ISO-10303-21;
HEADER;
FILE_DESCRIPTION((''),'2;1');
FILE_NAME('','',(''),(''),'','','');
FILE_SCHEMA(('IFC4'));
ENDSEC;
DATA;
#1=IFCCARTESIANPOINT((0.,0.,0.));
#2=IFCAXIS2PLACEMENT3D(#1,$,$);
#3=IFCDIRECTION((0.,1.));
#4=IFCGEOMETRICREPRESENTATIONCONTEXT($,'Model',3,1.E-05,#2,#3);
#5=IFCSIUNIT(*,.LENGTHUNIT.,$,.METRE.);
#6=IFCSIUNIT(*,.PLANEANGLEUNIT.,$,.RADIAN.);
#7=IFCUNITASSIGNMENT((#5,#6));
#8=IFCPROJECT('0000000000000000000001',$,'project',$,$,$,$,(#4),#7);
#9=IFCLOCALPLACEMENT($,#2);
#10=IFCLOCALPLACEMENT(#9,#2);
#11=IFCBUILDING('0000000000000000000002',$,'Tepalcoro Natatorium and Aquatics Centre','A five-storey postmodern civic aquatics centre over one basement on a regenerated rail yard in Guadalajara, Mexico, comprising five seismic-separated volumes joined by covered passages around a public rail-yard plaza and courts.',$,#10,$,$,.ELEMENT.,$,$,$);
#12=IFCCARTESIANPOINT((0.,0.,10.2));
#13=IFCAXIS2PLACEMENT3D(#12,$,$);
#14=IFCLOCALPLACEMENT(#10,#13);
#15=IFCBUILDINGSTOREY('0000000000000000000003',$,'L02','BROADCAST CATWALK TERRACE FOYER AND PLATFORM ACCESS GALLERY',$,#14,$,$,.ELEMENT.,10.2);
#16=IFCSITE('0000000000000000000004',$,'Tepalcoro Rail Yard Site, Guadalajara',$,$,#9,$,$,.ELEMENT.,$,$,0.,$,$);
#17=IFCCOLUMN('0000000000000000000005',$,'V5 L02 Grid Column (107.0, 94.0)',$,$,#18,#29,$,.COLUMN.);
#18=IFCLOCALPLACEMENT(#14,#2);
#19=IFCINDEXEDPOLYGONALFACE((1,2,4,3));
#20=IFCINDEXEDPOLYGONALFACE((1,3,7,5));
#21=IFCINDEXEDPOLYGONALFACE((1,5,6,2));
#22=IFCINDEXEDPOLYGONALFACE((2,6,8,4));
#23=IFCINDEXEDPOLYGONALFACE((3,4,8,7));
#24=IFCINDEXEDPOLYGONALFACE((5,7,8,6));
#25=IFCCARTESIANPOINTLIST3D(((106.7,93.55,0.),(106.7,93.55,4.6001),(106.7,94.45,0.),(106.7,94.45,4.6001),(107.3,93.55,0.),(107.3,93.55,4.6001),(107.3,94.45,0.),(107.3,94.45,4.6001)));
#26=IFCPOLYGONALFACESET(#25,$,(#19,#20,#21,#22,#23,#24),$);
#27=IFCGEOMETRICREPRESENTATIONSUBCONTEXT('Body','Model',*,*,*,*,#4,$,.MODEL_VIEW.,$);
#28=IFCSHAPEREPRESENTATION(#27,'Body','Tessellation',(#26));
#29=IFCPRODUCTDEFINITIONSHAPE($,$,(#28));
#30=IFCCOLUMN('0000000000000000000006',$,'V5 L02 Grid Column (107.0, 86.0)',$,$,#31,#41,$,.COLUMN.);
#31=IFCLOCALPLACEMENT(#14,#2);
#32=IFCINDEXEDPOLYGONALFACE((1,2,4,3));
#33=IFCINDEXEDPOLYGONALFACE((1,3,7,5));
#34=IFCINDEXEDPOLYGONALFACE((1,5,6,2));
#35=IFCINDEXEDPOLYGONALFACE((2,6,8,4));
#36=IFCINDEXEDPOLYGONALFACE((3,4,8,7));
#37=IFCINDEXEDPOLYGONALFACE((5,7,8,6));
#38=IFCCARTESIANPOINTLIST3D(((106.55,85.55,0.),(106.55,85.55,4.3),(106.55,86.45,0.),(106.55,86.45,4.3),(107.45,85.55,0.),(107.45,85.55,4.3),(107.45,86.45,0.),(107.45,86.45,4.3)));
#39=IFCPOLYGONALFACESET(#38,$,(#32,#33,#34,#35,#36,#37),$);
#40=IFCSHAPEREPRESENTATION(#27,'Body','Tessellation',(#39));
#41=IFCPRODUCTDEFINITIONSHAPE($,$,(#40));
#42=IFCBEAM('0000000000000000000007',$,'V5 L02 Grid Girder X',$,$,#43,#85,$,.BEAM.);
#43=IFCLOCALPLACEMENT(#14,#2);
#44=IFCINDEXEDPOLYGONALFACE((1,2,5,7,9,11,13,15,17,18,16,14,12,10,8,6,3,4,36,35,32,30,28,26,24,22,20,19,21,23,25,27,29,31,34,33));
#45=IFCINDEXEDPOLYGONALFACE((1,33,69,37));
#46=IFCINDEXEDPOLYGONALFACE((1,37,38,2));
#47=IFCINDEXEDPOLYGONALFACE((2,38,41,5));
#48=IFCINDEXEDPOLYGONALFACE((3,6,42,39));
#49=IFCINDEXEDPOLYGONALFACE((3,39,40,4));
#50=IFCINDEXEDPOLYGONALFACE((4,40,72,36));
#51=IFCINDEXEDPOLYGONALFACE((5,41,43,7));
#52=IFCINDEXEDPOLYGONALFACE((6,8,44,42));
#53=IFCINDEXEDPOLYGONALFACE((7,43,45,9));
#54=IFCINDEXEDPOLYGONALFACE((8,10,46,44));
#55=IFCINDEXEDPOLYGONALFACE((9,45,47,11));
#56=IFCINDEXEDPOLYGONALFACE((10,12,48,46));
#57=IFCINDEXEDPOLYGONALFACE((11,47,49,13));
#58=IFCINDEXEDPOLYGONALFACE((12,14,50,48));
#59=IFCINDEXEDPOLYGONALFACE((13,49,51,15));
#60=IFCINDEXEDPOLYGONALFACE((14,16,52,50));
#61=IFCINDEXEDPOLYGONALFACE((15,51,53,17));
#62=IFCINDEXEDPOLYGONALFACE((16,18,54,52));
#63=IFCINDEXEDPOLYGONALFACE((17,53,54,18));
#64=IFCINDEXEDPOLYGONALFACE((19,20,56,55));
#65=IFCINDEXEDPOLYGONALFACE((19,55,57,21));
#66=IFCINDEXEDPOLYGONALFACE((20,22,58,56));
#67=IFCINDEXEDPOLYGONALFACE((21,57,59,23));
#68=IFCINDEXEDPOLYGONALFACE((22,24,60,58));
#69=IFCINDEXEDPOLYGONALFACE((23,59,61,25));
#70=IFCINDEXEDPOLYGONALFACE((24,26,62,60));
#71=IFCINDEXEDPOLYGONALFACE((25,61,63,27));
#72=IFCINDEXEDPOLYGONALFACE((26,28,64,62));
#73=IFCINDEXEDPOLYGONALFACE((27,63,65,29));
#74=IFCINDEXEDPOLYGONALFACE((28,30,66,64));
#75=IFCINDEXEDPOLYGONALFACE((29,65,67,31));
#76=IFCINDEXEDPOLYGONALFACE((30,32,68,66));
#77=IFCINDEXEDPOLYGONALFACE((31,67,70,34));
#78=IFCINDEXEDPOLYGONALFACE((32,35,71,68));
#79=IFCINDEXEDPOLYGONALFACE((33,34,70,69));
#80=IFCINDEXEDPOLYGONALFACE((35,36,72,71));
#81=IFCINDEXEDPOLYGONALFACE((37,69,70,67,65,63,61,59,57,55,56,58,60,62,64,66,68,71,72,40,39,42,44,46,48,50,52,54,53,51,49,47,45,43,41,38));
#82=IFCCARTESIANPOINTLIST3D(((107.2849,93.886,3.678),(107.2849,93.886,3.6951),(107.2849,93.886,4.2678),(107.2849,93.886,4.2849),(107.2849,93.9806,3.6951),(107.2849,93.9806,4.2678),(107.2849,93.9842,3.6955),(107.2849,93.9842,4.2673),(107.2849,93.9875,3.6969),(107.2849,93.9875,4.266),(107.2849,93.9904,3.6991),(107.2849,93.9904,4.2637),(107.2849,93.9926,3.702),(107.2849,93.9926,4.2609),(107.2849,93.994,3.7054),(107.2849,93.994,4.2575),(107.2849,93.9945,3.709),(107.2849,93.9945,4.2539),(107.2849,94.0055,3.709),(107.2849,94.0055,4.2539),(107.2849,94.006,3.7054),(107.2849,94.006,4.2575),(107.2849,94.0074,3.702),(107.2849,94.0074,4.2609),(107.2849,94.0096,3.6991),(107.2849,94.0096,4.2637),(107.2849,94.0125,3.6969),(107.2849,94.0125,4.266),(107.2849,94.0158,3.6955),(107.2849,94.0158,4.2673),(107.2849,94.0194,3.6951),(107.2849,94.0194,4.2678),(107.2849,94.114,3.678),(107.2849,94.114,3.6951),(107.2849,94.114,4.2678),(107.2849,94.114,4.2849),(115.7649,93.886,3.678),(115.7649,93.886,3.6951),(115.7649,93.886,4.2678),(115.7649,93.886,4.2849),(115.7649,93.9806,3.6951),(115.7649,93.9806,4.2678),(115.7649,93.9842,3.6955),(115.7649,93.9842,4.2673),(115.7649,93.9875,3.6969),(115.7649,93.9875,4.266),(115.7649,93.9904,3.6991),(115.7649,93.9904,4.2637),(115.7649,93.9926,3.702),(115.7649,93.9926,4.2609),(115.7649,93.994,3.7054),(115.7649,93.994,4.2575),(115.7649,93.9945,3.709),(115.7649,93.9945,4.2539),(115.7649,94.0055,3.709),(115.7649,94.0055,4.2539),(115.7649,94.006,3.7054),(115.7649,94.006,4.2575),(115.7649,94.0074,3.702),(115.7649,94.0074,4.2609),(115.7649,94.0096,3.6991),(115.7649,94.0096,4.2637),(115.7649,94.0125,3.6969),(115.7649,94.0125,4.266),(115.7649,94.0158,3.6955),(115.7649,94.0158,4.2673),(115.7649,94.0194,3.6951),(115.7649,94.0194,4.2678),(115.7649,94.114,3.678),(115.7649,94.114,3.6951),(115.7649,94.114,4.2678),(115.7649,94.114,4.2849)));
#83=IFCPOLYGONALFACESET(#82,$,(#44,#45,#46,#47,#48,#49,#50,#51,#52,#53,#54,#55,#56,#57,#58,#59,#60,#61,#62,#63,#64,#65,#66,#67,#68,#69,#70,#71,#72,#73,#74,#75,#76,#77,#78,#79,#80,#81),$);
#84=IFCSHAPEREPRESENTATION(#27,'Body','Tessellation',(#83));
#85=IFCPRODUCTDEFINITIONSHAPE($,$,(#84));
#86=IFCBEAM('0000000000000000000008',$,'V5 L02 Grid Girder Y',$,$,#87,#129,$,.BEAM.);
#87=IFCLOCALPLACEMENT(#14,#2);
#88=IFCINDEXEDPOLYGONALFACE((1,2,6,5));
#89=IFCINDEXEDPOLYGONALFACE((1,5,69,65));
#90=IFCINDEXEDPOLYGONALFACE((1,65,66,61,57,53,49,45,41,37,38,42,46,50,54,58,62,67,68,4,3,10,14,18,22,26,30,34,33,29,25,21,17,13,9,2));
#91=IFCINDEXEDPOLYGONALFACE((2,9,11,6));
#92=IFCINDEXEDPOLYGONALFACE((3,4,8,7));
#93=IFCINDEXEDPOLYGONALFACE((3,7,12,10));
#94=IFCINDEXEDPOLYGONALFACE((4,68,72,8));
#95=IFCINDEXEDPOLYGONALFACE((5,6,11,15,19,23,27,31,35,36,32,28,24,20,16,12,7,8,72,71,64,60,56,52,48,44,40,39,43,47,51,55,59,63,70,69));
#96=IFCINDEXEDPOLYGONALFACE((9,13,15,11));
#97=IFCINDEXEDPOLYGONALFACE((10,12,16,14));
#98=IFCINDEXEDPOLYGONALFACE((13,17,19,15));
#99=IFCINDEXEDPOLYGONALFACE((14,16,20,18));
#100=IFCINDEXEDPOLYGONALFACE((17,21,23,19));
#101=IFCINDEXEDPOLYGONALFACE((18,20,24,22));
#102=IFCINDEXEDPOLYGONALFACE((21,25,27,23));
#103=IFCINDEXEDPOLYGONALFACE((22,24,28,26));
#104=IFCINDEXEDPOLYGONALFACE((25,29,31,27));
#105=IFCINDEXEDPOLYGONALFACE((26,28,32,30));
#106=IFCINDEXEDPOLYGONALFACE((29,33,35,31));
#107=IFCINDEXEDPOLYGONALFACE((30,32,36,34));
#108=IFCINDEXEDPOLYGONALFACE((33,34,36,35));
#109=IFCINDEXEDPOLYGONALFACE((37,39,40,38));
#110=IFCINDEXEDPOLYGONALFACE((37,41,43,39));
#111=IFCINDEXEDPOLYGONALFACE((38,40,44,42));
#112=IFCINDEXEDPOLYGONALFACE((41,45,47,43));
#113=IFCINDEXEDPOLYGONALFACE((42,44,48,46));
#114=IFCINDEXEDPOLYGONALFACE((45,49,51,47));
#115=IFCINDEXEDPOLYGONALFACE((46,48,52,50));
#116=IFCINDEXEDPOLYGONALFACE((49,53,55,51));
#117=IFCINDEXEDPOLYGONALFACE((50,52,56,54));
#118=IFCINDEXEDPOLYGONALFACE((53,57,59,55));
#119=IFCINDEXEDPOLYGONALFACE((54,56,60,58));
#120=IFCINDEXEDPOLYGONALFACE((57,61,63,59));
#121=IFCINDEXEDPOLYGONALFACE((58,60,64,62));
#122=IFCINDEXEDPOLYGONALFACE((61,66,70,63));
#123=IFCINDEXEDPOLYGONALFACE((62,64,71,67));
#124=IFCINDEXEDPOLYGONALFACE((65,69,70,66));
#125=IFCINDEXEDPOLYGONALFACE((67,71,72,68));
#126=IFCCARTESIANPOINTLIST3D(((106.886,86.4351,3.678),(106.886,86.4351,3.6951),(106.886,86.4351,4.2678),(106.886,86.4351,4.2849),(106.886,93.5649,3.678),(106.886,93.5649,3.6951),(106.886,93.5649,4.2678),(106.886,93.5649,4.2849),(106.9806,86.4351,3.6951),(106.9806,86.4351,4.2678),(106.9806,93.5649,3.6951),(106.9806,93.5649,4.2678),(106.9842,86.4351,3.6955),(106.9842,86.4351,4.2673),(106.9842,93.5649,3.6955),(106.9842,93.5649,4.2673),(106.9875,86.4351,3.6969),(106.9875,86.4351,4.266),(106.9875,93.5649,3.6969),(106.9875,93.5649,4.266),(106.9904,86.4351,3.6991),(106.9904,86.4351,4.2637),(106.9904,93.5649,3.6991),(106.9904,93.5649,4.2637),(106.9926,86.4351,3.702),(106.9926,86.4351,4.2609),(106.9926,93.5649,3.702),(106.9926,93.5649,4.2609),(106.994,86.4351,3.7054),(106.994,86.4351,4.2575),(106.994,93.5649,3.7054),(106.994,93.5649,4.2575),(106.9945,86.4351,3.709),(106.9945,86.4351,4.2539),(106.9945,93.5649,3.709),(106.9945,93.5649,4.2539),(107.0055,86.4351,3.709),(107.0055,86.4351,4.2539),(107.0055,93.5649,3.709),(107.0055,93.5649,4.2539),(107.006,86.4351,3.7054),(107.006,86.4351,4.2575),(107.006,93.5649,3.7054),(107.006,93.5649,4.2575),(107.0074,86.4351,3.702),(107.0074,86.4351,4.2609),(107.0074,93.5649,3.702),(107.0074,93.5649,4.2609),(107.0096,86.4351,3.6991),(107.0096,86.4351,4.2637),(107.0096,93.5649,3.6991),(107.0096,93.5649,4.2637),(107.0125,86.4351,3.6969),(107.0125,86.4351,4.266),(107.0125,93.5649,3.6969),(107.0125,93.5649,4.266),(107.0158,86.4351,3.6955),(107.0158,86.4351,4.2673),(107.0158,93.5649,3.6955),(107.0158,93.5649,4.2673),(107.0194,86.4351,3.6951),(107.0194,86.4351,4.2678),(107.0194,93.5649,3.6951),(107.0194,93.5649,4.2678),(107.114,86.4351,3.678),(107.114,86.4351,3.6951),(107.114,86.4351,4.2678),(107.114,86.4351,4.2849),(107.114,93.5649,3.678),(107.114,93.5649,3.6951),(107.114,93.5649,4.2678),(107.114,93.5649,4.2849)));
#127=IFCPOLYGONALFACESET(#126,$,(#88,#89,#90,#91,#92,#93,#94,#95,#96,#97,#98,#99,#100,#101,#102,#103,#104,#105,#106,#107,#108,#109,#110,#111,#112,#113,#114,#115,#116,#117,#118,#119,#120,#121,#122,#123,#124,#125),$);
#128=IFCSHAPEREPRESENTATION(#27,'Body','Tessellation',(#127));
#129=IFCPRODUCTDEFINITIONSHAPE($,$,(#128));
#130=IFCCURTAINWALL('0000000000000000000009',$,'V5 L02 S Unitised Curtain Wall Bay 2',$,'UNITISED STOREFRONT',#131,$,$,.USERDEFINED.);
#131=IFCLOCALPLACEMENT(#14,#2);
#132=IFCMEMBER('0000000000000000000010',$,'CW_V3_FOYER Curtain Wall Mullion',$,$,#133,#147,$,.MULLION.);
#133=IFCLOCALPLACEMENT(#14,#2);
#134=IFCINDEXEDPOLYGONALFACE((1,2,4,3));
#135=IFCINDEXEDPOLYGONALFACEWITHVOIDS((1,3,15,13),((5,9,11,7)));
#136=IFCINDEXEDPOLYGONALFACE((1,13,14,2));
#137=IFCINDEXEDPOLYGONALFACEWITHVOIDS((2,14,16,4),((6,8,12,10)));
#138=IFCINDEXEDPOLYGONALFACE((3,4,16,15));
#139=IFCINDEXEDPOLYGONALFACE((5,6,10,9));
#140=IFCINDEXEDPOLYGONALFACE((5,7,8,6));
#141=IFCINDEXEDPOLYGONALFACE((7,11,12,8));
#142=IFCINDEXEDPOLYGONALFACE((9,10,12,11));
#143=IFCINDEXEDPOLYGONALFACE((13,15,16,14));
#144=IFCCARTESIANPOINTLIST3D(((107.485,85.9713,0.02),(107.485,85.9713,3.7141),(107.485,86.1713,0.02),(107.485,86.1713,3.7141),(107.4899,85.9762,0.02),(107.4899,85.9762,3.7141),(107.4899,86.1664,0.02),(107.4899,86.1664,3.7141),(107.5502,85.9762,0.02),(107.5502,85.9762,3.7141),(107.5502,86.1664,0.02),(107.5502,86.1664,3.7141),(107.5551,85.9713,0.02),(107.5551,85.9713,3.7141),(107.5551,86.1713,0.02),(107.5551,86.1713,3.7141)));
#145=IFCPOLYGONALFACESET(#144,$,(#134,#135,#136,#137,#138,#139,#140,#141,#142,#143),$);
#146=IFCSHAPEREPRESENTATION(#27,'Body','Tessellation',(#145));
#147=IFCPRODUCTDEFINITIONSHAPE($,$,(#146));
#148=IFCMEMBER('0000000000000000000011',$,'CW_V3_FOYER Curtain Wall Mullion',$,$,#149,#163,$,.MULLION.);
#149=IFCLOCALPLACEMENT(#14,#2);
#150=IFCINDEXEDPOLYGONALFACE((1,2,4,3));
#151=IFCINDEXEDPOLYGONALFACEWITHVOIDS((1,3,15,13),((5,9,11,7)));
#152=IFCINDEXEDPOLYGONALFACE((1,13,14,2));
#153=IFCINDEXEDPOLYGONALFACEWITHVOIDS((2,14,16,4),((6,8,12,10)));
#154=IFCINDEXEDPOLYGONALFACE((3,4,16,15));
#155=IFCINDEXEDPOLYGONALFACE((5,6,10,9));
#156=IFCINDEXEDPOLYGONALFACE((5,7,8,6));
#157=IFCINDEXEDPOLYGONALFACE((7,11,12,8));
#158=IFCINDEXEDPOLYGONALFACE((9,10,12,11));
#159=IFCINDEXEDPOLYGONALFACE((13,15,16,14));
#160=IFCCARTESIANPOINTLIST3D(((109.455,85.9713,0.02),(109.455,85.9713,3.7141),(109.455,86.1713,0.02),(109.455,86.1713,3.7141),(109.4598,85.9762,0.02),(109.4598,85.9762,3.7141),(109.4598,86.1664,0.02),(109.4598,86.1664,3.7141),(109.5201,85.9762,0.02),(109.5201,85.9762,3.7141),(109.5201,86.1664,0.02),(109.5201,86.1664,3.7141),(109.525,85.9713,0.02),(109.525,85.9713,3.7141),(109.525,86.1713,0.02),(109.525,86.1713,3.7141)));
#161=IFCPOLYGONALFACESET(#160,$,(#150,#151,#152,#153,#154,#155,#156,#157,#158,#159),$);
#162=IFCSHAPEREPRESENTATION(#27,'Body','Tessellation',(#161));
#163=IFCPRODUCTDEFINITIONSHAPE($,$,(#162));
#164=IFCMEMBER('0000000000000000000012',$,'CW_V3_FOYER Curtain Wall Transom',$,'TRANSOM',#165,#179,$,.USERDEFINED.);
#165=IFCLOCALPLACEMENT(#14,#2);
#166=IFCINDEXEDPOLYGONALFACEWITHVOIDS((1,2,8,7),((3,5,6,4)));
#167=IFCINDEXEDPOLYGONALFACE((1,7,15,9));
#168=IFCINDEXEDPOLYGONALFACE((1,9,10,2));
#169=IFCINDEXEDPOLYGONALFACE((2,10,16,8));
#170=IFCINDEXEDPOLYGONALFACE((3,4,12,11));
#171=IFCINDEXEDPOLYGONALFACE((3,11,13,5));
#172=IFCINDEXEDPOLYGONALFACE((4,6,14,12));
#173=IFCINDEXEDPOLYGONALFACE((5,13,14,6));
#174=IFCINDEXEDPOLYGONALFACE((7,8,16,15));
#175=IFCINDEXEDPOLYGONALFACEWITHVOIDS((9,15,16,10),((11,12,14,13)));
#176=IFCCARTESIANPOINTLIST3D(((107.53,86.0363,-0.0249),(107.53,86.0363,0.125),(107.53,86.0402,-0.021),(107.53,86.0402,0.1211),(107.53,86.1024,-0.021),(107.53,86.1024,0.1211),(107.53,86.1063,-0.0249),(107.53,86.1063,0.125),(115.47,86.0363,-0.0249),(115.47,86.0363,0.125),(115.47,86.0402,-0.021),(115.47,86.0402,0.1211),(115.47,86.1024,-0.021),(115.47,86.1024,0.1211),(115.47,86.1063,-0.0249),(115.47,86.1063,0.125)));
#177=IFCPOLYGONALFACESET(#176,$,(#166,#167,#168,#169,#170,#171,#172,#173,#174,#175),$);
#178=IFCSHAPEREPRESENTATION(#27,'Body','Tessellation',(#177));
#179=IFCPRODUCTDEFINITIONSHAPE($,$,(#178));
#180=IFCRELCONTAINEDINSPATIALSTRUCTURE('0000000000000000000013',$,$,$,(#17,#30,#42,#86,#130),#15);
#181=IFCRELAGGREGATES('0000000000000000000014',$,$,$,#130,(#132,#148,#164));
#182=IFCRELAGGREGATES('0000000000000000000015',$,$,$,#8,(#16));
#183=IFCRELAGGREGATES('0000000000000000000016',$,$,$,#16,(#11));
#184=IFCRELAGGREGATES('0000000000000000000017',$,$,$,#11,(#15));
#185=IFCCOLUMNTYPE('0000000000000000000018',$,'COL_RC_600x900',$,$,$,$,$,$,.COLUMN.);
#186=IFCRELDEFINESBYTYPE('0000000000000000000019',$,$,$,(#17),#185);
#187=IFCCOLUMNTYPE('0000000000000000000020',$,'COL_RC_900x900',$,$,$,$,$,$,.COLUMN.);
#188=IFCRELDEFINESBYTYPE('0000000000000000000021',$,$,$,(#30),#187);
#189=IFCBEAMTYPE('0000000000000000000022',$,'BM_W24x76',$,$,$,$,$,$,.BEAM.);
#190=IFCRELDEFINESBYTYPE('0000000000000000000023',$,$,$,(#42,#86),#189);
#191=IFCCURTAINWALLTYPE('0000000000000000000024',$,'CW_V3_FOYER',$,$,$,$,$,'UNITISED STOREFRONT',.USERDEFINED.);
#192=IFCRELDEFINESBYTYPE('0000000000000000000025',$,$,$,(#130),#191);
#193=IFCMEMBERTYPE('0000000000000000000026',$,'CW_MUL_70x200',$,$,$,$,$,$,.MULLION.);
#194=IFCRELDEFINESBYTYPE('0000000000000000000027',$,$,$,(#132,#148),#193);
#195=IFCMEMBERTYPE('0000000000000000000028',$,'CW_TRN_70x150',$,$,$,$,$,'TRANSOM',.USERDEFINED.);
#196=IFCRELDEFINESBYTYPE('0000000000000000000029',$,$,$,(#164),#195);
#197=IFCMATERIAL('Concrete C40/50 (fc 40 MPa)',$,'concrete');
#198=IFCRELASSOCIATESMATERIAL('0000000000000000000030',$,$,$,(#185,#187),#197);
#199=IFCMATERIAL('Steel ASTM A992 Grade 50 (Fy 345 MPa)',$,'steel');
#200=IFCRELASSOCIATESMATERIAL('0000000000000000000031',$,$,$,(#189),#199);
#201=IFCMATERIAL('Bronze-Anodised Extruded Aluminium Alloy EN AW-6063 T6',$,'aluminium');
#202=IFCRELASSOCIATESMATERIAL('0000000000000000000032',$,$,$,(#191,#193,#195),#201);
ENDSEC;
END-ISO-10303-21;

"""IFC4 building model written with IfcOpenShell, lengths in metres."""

from ifc_helpers import new_model, si_unit, direction, frame, origin, origin_2d, place, context, subcontext, project, spatial, rectangle, hollow_rectangle, i_section, extrude, material, material_profile, profile_set, type_object, element, aggregate, save


model = new_model("IFC4")

# Units and contexts
model_context = context("Model", 3, precision=1e-05, world=origin(), true_north=direction((0.0, 1.0)))
body_context = subcontext(model_context, "Body", "Model", "MODEL_VIEW")
ifc_project = project(units=[si_unit("LENGTHUNIT", "METRE"), si_unit("PLANEANGLEUNIT", "RADIAN")], contexts=[model_context])

# Site, building, storey
site_placement = place(None, origin())
site = spatial("IfcSite", under=ifc_project, at=site_placement, Name="Tepalcoro Rail Yard Site, Guadalajara", CompositionType="ELEMENT", RefElevation=0.0)
building_placement = place(site_placement, origin())
building = spatial("IfcBuilding", under=site, at=building_placement, Name="Tepalcoro Natatorium and Aquatics Centre", Description="A five-storey postmodern civic aquatics centre over one basement on a regenerated rail yard in Guadalajara, Mexico, comprising five seismic-separated volumes joined by covered passages around a public rail-yard plaza and courts.", CompositionType="ELEMENT")
storey_placement = place(building_placement, frame((0.0, 0.0, 10.2)))
storey = spatial("IfcBuildingStorey", under=building, at=storey_placement, Name="L02", Description="BROADCAST CATWALK TERRACE FOYER AND PLATFORM ACCESS GALLERY", CompositionType="ELEMENT", Elevation=10.2)

# Columns
ifc_material_1 = material(Name="Concrete C40/50 (fc 40 MPa)", Category="concrete")
ifc_material_profile_1 = material_profile(ifc_material_1, rectangle(XDim=0.6001, YDim=0.8999, at=origin_2d()), Name="RC600x900")
ifc_profile_set_1 = profile_set([ifc_material_profile_1], Name="Concrete C40/50 (fc 40 MPa)")
column_type_1 = type_object("IfcColumnType", Name="COL_RC_600x900", PredefinedType="COLUMN", material=ifc_profile_set_1)
column_1_placement = place(storey_placement, frame((107.0, 94.0, 0.0), z_axis=(0.0, 0.0, 1.0), x_axis=(1.0, 0.0, 0.0)))
element("IfcColumn", 1, at=column_1_placement, inside=storey, type_object=column_type_1, Name="V5 L02 Grid Column (107.0, 94.0)", PredefinedType="COLUMN", context=body_context, shape_type="SweptSolid", body=[
    extrude(rectangle(XDim=0.6001, YDim=0.8999, at=origin_2d()), origin(), (0.0, 0.0, 1.0), 4.6001),
])
ifc_material_profile_2 = material_profile(ifc_material_1, rectangle(XDim=0.8999, YDim=0.8999, at=origin_2d()), Name="RC900x900")
ifc_profile_set_2 = profile_set([ifc_material_profile_2], Name="Concrete C40/50 (fc 40 MPa)")
column_type_2 = type_object("IfcColumnType", Name="COL_RC_900x900", PredefinedType="COLUMN", material=ifc_profile_set_2)
column_2_placement = place(storey_placement, frame((107.0, 86.0, 0.0), z_axis=(0.0, 0.0, 1.0), x_axis=(1.0, 0.0, 0.0)))
element("IfcColumn", 2, at=column_2_placement, inside=storey, type_object=column_type_2, Name="V5 L02 Grid Column (107.0, 86.0)", PredefinedType="COLUMN", context=body_context, shape_type="SweptSolid", body=[
    extrude(rectangle(XDim=0.8999, YDim=0.8999, at=origin_2d()), origin(), (0.0, 0.0, 1.0), 4.3),
])

# Beams
ifc_material_2 = material(Name="Steel ASTM A992 Grade 50 (Fy 345 MPa)", Category="steel")
ifc_material_profile_3 = material_profile(ifc_material_2, i_section(OverallWidth=0.228, OverallDepth=0.6069, WebThickness=0.011, FlangeThickness=0.0171, FilletRadius=0.0139, at=origin_2d()), Name="W24X76")
ifc_profile_set_3 = profile_set([ifc_material_profile_3], Name="Steel ASTM A992 Grade 50 (Fy 345 MPa)")
beam_type_1 = type_object("IfcBeamType", Name="BM_W24x76", PredefinedType="BEAM", material=ifc_profile_set_3)
beam_1_placement = place(storey_placement, frame((107.2849, 94.0, 3.9814), z_axis=(1.0, 0.0, 0.0), x_axis=(0.0, 1.0, 0.0)))
element("IfcBeam", 3, at=beam_1_placement, inside=storey, type_object=beam_type_1, Name="V5 L02 Grid Girder X", PredefinedType="BEAM", context=body_context, shape_type="SweptSolid", body=[
    extrude(i_section(OverallWidth=0.228, OverallDepth=0.6069, WebThickness=0.011, FlangeThickness=0.0171, FilletRadius=0.0139, at=origin_2d()), origin(), (0.0, 0.0, 1.0), 8.48),
])
beam_2_placement = place(storey_placement, frame((107.0, 86.4351, 3.9814), z_axis=(0.0, 1.0, 0.0), x_axis=(-1.0, 0.0, 0.0)))
element("IfcBeam", 4, at=beam_2_placement, inside=storey, type_object=beam_type_1, Name="V5 L02 Grid Girder Y", PredefinedType="BEAM", context=body_context, shape_type="SweptSolid", body=[
    extrude(i_section(OverallWidth=0.228, OverallDepth=0.6069, WebThickness=0.011, FlangeThickness=0.0171, FilletRadius=0.0139, at=origin_2d()), origin(), (0.0, 0.0, 1.0), 7.1299),
])

# Curtain wall, members
ifc_material_3 = material(Name="Bronze-Anodised Extruded Aluminium Alloy EN AW-6063 T6", Category="aluminium")
curtain_wall_type = type_object("IfcCurtainWallType", Name="CW_V3_FOYER", ElementType="UNITISED STOREFRONT", PredefinedType="USERDEFINED", material=ifc_material_3)
curtain_wall_placement = place(storey_placement, origin())
curtain_wall = element("IfcCurtainWall", 5, at=curtain_wall_placement, inside=storey, type_object=curtain_wall_type, Name="V5 L02 S Unitised Curtain Wall Bay 2", ObjectType="UNITISED STOREFRONT", PredefinedType="USERDEFINED")
ifc_material_profile_4 = material_profile(ifc_material_3, hollow_rectangle(XDim=0.0701, YDim=0.2, WallThickness=0.0049, at=origin_2d()), Name="AL70X200X5")
ifc_profile_set_4 = profile_set([ifc_material_profile_4], Name="Bronze-Anodised Extruded Aluminium Alloy EN AW-6063 T6")
member_type_1 = type_object("IfcMemberType", Name="CW_MUL_70x200", PredefinedType="MULLION", material=ifc_profile_set_4)
member_1_placement = place(storey_placement, frame((107.52, 86.0713, 0.02), z_axis=(0.0, 0.0, 1.0), x_axis=(1.0, 0.0, 0.0)))
member_1 = element("IfcMember", 6, at=member_1_placement, type_object=member_type_1, Name="CW_V3_FOYER Curtain Wall Mullion", PredefinedType="MULLION", context=body_context, shape_type="SweptSolid", body=[
    extrude(hollow_rectangle(XDim=0.0701, YDim=0.2, WallThickness=0.0049, at=origin_2d()), origin(), (0.0, 0.0, 1.0), 3.6941),
])
member_2_placement = place(storey_placement, frame((109.49, 86.0713, 0.02), z_axis=(0.0, 0.0, 1.0), x_axis=(1.0, 0.0, 0.0)))
member_2 = element("IfcMember", 7, at=member_2_placement, type_object=member_type_1, Name="CW_V3_FOYER Curtain Wall Mullion", PredefinedType="MULLION", context=body_context, shape_type="SweptSolid", body=[
    extrude(hollow_rectangle(XDim=0.0701, YDim=0.2, WallThickness=0.0049, at=origin_2d()), origin(), (0.0, 0.0, 1.0), 3.6941),
])
ifc_material_profile_5 = material_profile(ifc_material_3, hollow_rectangle(XDim=0.0701, YDim=0.1499, WallThickness=0.0039, at=origin_2d()), Name="AL70X150X4")
ifc_profile_set_5 = profile_set([ifc_material_profile_5], Name="Bronze-Anodised Extruded Aluminium Alloy EN AW-6063 T6")
member_type_2 = type_object("IfcMemberType", Name="CW_TRN_70x150", ElementType="TRANSOM", PredefinedType="USERDEFINED", material=ifc_profile_set_5)
member_3_placement = place(storey_placement, frame((107.53, 86.0713, 0.05), z_axis=(1.0, 0.0, 0.0), x_axis=(0.0, 1.0, 0.0)))
member_3 = element("IfcMember", 8, at=member_3_placement, type_object=member_type_2, Name="CW_V3_FOYER Curtain Wall Transom", ObjectType="TRANSOM", PredefinedType="USERDEFINED", context=body_context, shape_type="SweptSolid", body=[
    extrude(hollow_rectangle(XDim=0.0701, YDim=0.1499, WallThickness=0.0039, at=origin_2d()), origin(), (0.0, 0.0, 1.0), 7.9399),
])

aggregate(curtain_wall, [member_1, member_2, member_3])

save(model, "model.ifc")
